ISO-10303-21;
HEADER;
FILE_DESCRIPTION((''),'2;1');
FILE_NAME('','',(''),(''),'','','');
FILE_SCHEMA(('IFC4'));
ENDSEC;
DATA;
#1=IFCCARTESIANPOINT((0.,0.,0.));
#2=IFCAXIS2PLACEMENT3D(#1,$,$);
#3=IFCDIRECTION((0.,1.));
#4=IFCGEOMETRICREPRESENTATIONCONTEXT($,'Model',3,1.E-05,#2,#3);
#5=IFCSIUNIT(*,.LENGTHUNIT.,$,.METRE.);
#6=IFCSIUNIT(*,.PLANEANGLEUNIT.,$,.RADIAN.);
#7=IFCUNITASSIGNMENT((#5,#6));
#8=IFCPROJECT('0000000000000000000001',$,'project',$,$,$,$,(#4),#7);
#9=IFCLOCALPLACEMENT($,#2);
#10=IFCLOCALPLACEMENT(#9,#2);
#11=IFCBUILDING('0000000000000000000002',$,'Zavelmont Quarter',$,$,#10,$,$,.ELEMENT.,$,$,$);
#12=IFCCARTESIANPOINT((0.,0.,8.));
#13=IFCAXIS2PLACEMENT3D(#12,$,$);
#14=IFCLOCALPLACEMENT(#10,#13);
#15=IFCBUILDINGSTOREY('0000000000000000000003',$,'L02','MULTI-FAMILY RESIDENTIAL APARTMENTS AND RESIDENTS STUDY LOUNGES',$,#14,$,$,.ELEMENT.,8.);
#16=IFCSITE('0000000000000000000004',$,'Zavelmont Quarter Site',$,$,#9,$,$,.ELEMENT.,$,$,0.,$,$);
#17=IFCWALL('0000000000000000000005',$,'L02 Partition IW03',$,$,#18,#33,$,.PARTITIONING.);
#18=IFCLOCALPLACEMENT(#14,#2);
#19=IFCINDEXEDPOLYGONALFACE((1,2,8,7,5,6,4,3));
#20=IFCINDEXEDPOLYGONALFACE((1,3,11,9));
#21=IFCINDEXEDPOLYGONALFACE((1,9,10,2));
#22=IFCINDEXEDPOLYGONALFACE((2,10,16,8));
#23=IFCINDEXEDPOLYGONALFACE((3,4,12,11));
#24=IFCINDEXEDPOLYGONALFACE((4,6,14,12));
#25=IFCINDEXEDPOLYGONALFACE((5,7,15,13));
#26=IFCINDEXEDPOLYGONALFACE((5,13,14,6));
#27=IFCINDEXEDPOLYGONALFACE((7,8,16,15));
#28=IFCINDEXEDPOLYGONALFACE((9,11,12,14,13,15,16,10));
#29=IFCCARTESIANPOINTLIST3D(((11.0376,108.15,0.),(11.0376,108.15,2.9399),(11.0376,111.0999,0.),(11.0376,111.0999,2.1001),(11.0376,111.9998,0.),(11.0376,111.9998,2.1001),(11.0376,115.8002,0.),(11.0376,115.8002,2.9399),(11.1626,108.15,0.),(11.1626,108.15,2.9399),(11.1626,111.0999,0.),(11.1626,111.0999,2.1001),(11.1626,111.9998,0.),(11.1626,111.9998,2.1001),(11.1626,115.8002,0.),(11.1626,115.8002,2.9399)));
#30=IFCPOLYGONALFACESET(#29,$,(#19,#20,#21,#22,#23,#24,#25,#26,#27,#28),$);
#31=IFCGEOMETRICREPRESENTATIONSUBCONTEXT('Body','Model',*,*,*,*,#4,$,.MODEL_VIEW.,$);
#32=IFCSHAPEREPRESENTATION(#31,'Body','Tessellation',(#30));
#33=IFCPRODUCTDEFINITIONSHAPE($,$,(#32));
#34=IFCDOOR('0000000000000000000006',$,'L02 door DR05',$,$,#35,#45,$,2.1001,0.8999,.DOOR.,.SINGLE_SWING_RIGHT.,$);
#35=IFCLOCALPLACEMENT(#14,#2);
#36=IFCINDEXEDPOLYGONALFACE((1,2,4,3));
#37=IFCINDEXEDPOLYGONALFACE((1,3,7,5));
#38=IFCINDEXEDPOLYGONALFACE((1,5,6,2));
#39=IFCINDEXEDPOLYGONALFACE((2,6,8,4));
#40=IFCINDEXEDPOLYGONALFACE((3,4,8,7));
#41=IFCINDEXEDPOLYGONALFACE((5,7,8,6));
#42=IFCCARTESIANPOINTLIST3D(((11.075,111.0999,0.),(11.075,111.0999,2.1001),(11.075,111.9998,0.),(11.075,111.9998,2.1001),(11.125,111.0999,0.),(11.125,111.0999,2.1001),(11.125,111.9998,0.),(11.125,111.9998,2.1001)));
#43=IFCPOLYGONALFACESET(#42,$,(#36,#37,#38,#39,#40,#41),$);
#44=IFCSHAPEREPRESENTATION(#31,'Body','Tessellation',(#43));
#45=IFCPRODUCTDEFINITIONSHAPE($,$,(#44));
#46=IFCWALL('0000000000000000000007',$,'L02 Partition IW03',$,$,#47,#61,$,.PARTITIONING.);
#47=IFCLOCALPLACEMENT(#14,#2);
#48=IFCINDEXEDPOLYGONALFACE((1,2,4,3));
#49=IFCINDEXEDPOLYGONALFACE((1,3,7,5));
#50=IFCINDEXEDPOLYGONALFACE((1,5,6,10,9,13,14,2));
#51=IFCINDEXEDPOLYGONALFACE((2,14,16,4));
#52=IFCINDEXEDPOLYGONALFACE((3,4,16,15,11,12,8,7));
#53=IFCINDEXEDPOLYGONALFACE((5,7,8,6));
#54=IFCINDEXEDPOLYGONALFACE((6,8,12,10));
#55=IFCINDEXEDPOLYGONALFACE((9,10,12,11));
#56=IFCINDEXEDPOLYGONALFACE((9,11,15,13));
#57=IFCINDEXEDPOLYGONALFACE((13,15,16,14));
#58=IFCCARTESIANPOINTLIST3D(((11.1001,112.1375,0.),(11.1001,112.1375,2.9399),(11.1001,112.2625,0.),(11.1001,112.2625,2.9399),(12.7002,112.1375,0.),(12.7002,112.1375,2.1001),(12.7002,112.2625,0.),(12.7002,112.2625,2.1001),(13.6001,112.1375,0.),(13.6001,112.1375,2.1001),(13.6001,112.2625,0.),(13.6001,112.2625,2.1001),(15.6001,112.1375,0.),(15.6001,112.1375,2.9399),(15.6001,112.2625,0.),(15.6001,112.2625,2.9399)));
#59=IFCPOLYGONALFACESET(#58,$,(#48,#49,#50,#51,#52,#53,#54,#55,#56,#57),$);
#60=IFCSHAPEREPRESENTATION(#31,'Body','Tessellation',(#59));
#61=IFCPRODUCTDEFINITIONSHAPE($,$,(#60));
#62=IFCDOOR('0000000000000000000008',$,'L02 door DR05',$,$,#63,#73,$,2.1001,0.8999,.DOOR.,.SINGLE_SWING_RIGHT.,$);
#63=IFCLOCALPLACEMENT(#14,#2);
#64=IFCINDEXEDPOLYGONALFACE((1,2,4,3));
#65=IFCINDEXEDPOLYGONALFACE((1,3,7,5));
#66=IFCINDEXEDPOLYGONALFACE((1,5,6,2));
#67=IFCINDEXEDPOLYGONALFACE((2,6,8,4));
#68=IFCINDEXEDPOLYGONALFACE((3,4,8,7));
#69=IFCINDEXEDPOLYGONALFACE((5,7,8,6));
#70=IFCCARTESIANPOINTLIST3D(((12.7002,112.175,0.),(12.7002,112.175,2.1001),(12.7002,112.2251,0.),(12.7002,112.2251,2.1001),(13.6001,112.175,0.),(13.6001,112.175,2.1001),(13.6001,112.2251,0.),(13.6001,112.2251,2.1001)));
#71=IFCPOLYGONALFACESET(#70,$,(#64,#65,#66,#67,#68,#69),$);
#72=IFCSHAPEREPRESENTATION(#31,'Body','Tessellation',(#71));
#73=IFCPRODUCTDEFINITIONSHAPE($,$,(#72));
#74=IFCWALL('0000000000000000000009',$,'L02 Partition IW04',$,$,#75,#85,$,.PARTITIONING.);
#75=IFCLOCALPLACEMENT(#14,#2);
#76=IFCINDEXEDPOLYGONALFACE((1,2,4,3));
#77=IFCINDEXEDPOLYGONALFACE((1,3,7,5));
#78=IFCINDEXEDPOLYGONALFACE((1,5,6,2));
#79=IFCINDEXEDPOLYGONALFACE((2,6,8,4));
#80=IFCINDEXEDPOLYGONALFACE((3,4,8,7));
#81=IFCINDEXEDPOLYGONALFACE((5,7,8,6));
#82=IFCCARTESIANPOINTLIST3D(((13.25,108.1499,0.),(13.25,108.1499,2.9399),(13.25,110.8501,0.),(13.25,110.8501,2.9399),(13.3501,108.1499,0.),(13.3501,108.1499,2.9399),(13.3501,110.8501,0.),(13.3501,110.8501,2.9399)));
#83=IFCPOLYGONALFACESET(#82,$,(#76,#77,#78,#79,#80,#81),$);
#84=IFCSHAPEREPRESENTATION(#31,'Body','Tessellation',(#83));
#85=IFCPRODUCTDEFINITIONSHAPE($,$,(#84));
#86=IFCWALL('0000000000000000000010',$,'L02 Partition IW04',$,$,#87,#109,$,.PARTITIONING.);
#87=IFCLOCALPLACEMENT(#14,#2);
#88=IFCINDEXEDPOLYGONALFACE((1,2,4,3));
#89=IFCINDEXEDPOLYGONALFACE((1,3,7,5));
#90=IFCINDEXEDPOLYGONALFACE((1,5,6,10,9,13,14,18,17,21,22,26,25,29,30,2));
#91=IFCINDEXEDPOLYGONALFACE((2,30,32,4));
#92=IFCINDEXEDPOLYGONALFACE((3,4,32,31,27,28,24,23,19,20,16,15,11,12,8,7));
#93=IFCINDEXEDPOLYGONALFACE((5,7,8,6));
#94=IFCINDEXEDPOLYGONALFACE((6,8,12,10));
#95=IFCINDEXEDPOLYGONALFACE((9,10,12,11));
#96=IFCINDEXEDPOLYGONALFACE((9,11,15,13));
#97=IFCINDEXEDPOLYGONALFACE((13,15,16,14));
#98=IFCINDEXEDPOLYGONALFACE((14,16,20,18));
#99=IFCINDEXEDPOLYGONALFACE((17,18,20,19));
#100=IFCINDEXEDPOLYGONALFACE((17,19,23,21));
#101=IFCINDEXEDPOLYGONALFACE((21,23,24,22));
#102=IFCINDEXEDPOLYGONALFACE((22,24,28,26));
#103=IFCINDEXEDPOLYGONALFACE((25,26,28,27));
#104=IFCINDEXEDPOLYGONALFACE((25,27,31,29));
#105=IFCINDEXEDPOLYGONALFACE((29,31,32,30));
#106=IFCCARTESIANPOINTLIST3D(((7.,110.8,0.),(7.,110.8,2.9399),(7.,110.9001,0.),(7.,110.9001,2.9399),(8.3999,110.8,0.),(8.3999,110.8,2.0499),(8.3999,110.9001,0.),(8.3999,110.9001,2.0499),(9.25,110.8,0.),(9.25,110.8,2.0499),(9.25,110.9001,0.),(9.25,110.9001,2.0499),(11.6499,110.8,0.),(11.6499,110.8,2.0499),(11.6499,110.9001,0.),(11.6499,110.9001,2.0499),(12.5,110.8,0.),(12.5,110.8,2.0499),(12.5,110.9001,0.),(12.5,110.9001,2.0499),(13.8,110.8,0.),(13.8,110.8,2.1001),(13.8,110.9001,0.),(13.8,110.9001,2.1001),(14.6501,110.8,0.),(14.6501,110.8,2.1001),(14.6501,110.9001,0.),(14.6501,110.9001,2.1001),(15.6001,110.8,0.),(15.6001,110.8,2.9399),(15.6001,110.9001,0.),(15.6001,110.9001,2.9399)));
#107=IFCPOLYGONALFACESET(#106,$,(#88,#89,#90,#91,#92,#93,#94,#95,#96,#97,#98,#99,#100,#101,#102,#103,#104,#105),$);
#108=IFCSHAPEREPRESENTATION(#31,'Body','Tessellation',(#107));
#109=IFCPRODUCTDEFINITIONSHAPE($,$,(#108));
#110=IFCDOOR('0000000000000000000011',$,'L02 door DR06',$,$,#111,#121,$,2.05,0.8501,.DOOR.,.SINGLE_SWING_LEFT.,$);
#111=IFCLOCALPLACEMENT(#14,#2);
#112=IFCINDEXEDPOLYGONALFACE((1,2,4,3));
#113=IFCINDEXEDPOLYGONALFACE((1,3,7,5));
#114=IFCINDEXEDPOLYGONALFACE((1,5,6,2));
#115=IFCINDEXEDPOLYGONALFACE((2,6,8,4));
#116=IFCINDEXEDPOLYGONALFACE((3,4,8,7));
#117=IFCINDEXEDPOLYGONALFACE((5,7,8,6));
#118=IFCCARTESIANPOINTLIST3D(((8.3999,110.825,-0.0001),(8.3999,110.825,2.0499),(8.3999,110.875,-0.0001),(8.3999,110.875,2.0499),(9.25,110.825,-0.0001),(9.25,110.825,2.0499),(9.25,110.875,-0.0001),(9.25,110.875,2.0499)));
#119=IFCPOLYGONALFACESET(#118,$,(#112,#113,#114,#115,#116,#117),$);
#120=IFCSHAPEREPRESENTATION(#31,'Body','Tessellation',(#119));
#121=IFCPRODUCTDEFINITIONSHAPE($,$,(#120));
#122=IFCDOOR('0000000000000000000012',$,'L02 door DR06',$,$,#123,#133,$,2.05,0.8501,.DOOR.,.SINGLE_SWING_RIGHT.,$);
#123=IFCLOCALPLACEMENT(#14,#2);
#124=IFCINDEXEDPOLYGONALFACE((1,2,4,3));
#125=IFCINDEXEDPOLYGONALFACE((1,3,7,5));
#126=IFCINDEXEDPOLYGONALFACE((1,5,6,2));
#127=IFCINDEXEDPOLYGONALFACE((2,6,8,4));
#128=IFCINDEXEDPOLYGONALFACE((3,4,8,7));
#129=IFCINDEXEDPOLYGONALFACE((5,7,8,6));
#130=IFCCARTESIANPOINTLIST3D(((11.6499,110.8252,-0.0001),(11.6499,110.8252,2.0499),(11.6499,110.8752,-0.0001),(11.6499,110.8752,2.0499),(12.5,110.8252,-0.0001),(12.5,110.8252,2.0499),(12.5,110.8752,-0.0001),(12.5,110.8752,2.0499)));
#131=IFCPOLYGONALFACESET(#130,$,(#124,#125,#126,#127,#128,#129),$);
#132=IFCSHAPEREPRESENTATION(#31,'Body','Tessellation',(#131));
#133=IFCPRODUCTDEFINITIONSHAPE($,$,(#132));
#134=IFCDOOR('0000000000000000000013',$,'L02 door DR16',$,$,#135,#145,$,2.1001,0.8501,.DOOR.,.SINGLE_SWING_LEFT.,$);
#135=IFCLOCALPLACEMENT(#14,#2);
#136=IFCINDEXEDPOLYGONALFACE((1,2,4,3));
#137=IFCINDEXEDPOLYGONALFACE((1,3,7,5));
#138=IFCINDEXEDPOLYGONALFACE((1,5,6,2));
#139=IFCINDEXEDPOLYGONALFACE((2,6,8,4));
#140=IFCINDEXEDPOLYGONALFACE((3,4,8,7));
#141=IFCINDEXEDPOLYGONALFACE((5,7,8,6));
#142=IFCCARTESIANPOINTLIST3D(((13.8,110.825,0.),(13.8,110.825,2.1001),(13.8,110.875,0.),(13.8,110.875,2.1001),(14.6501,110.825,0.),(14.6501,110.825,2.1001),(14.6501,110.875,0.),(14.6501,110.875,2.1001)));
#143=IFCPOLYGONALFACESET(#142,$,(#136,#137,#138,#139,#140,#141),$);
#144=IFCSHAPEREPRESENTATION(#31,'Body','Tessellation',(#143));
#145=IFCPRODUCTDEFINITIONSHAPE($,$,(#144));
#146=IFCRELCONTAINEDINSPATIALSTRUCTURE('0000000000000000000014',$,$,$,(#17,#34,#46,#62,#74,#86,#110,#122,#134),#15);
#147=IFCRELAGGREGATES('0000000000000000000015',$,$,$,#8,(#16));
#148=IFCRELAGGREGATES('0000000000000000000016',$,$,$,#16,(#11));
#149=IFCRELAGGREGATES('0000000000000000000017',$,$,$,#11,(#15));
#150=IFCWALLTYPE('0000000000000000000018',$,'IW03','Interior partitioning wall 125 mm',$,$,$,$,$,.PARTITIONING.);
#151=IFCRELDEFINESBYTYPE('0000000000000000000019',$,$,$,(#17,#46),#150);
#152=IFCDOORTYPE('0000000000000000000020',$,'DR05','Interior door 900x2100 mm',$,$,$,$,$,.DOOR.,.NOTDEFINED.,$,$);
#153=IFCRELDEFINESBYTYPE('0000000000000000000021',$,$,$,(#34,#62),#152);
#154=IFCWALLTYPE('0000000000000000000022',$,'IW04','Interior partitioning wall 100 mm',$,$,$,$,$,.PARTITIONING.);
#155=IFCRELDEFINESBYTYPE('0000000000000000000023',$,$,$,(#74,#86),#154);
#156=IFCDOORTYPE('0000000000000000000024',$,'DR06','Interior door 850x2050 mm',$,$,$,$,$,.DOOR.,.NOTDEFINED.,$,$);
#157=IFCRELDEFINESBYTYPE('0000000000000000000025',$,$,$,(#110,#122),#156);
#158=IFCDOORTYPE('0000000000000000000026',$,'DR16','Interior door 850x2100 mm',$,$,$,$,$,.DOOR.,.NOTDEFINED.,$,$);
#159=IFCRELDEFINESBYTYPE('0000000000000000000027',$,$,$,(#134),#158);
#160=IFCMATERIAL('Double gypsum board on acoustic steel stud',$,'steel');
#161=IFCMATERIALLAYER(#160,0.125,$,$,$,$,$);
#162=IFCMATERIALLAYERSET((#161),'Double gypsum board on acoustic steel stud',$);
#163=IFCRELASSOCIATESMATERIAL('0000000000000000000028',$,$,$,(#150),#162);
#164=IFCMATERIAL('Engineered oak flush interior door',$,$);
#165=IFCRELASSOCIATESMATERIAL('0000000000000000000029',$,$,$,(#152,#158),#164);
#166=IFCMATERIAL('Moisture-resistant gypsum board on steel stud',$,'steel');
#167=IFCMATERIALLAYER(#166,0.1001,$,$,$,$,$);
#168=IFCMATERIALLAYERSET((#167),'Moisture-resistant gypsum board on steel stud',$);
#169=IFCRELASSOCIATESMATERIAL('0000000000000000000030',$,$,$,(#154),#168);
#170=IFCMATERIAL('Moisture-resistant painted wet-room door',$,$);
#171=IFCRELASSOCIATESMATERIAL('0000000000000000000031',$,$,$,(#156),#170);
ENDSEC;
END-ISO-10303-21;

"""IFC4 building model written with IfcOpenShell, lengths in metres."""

from ifc_helpers import new_model, si_unit, direction, frame, frame_2d, origin, origin_with_axes, place, context, subcontext, project, spatial, rectangle, extrude, material, layer, layer_set, type_object, element, fill, save


model = new_model("IFC4")

# Units and contexts
model_context = context("Model", 3, precision=1e-05, world=origin(), true_north=direction((0.0, 1.0)))
body_context = subcontext(model_context, "Body", "Model", "MODEL_VIEW")
ifc_project = project(units=[si_unit("LENGTHUNIT", "METRE"), si_unit("PLANEANGLEUNIT", "RADIAN")], contexts=[model_context])

# Site, building, storey
site_placement = place(None, origin())
site = spatial("IfcSite", under=ifc_project, at=site_placement, Name="Zavelmont Quarter Site", CompositionType="ELEMENT", RefElevation=0.0)
building_placement = place(site_placement, origin())
building = spatial("IfcBuilding", under=site, at=building_placement, Name="Zavelmont Quarter", CompositionType="ELEMENT")
storey_placement = place(building_placement, frame((0.0, 0.0, 8.0)))
storey = spatial("IfcBuildingStorey", under=building, at=storey_placement, Name="L02", Description="MULTI-FAMILY RESIDENTIAL APARTMENTS AND RESIDENTS STUDY LOUNGES", CompositionType="ELEMENT", Elevation=8.0)

# Walls, openings, doors
ifc_material_1 = material(Name="Double gypsum board on acoustic steel stud", Category="steel")
ifc_layer_1 = layer(ifc_material_1, 0.125)
ifc_layer_set_1 = layer_set([ifc_layer_1], Name="Double gypsum board on acoustic steel stud")
wall_type_1 = type_object("IfcWallType", Name="IW03", Description="Interior partitioning wall 125 mm", PredefinedType="PARTITIONING", material=ifc_layer_set_1)
ifc_material_2 = material(Name="Engineered oak flush interior door")
door_type_1 = type_object("IfcDoorType", Name="DR05", Description="Interior door 900x2100 mm", OperationType="NOTDEFINED", PredefinedType="DOOR", material=ifc_material_2)
wall_1_placement = place(storey_placement, frame((11.1001, 108.1499, 0.0), z_axis=(0.0, 0.0, 1.0), x_axis=(0.0, 1.0, 0.0)))
wall_1 = element("IfcWall", 1, at=wall_1_placement, inside=storey, type_object=wall_type_1, Name="L02 Partition IW03", PredefinedType="PARTITIONING", context=body_context, shape_type="SweptSolid", body=[
    extrude(rectangle(XDim=7.6501, YDim=0.125, at=frame_2d((3.8252, 0.0))), origin(), (0.0, 0.0, 1.0), 2.9399),
])
opening_1_placement = place(wall_1_placement, frame((2.95, 0.0, 0.0)))
opening_1 = element("IfcOpeningElement", 2, at=opening_1_placement, cuts=wall_1, PredefinedType="OPENING", context=body_context, shape_type="SweptSolid", body=[
    extrude(rectangle(XDim=0.8999, YDim=2.1001, at=frame_2d((0.45, 1.05))), frame((0.0, 0.0745, 0.0), z_axis=(0.0, -1.0, 0.0), x_axis=(1.0, 0.0, 0.0)), (0.0, 0.0, 1.0), 0.1489),
])
door_1_placement = place(opening_1_placement, frame((0.8999, 0.0, 0.0), z_axis=(0.0, 0.0, 1.0), x_axis=(-1.0, 0.0, 0.0)))
door_1 = element("IfcDoor", 3, at=door_1_placement, inside=storey, type_object=door_type_1, Name="L02 door DR05", OperationType="SINGLE_SWING_RIGHT", OverallHeight=2.1001, OverallWidth=0.8999, PredefinedType="DOOR", context=body_context, shape_type="SweptSolid", body=[
    extrude(rectangle(XDim=0.8999, YDim=2.1001, at=frame_2d((0.45, 1.05))), frame((0.0, 0.0249, 0.0), z_axis=(0.0, -1.0, 0.0), x_axis=(1.0, 0.0, 0.0)), (0.0, 0.0, 1.0), 0.05),
])
fill(opening_1, door_1)
wall_2_placement = place(storey_placement, frame((11.1001, 112.2, 0.0), z_axis=(0.0, 0.0, 1.0), x_axis=(1.0, 0.0, 0.0)))
wall_2 = element("IfcWall", 4, at=wall_2_placement, inside=storey, type_object=wall_type_1, Name="L02 Partition IW03", PredefinedType="PARTITIONING", context=body_context, shape_type="SweptSolid", body=[
    extrude(rectangle(XDim=4.5, YDim=0.125, at=frame_2d((2.25, 0.0))), origin(), (0.0, 0.0, 1.0), 2.9399),
])
opening_2_placement = place(wall_2_placement, frame((1.6001, 0.0, 0.0)))
opening_2 = element("IfcOpeningElement", 5, at=opening_2_placement, cuts=wall_2, PredefinedType="OPENING", context=body_context, shape_type="SweptSolid", body=[
    extrude(rectangle(XDim=0.8999, YDim=2.1001, at=frame_2d((0.45, 1.05))), frame((0.0, 0.0745, 0.0), z_axis=(0.0, -1.0, 0.0), x_axis=(1.0, 0.0, 0.0)), (0.0, 0.0, 1.0), 0.1489),
])
door_2_placement = place(opening_2_placement, frame((0.8999, 0.0, 0.0), z_axis=(0.0, 0.0, 1.0), x_axis=(-1.0, 0.0, 0.0)))
door_2 = element("IfcDoor", 6, at=door_2_placement, inside=storey, type_object=door_type_1, Name="L02 door DR05", OperationType="SINGLE_SWING_RIGHT", OverallHeight=2.1001, OverallWidth=0.8999, PredefinedType="DOOR", context=body_context, shape_type="SweptSolid", body=[
    extrude(rectangle(XDim=0.8999, YDim=2.1001, at=frame_2d((0.45, 1.05))), frame((0.0, 0.0249, 0.0), z_axis=(0.0, -1.0, 0.0), x_axis=(1.0, 0.0, 0.0)), (0.0, 0.0, 1.0), 0.05),
])
fill(opening_2, door_2)

# Wall
ifc_material_3 = material(Name="Moisture-resistant gypsum board on steel stud", Category="steel")
ifc_layer_2 = layer(ifc_material_3, 0.1001)
ifc_layer_set_2 = layer_set([ifc_layer_2], Name="Moisture-resistant gypsum board on steel stud")
wall_type_2 = type_object("IfcWallType", Name="IW04", Description="Interior partitioning wall 100 mm", PredefinedType="PARTITIONING", material=ifc_layer_set_2)
wall_3_placement = place(storey_placement, frame((13.3, 108.1499, 0.0), z_axis=(0.0, 0.0, 1.0), x_axis=(0.0, 1.0, 0.0)))
element("IfcWall", 7, at=wall_3_placement, inside=storey, type_object=wall_type_2, Name="L02 Partition IW04", PredefinedType="PARTITIONING", context=body_context, shape_type="SweptSolid", body=[
    extrude(rectangle(XDim=2.7002, YDim=0.1001, at=frame_2d((1.3501, 0.0))), origin(), (0.0, 0.0, 1.0), 2.9399),
])

# Wall, openings, doors
wall_4_placement = place(storey_placement, frame((7.0, 110.8501, 0.0), z_axis=(0.0, 0.0, 1.0), x_axis=(1.0, 0.0, 0.0)))
wall_4 = element("IfcWall", 8, at=wall_4_placement, inside=storey, type_object=wall_type_2, Name="L02 Partition IW04", PredefinedType="PARTITIONING", context=body_context, shape_type="SweptSolid", body=[
    extrude(rectangle(XDim=8.6001, YDim=0.1001, at=frame_2d((4.3, 0.0))), origin(), (0.0, 0.0, 1.0), 2.9399),
])
opening_3_placement = place(wall_4_placement, frame((1.3999, 0.0, 0.0)))
opening_3 = element("IfcOpeningElement", 9, at=opening_3_placement, cuts=wall_4, PredefinedType="OPENING", context=body_context, shape_type="SweptSolid", body=[
    extrude(rectangle(XDim=0.8501, YDim=2.05, at=frame_2d((0.425, 1.0249))), frame((0.0, 0.062, 0.0), z_axis=(0.0, -1.0, 0.0), x_axis=(1.0, 0.0, 0.0)), (0.0, 0.0, 1.0), 0.124),
])
opening_4_placement = place(wall_4_placement, frame((4.6499, 0.0, 0.0)))
opening_4 = element("IfcOpeningElement", 10, at=opening_4_placement, cuts=wall_4, PredefinedType="OPENING", context=body_context, shape_type="SweptSolid", body=[
    extrude(rectangle(XDim=0.8501, YDim=2.05, at=frame_2d((0.425, 1.0249))), frame((0.0, 0.062, 0.0), z_axis=(0.0, -1.0, 0.0), x_axis=(1.0, 0.0, 0.0)), (0.0, 0.0, 1.0), 0.124),
])
opening_5_placement = place(wall_4_placement, frame((6.8, 0.0, 0.0)))
opening_5 = element("IfcOpeningElement", 11, at=opening_5_placement, cuts=wall_4, PredefinedType="OPENING", context=body_context, shape_type="SweptSolid", body=[
    extrude(rectangle(XDim=0.8501, YDim=2.1001, at=frame_2d((0.425, 1.05))), frame((0.0, 0.062, 0.0), z_axis=(0.0, -1.0, 0.0), x_axis=(1.0, 0.0, 0.0)), (0.0, 0.0, 1.0), 0.124),
])
ifc_material_4 = material(Name="Moisture-resistant painted wet-room door")
door_type_2 = type_object("IfcDoorType", Name="DR06", Description="Interior door 850x2050 mm", OperationType="NOTDEFINED", PredefinedType="DOOR", material=ifc_material_4)
door_3_placement = place(opening_3_placement, origin_with_axes())
door_3 = element("IfcDoor", 12, at=door_3_placement, inside=storey, type_object=door_type_2, Name="L02 door DR06", OperationType="SINGLE_SWING_LEFT", OverallHeight=2.05, OverallWidth=0.8501, PredefinedType="DOOR", context=body_context, shape_type="SweptSolid", body=[
    extrude(rectangle(XDim=0.8501, YDim=2.05, at=frame_2d((0.425, 1.0249))), frame((0.0, 0.0249, 0.0), z_axis=(0.0, -1.0, 0.0), x_axis=(1.0, 0.0, 0.0)), (0.0, 0.0, 1.0), 0.05),
])
fill(opening_3, door_3)
door_4_placement = place(opening_4_placement, frame((0.8501, 0.0, 0.0), z_axis=(0.0, 0.0, 1.0), x_axis=(-1.0, 0.0, 0.0)))
door_4 = element("IfcDoor", 13, at=door_4_placement, inside=storey, type_object=door_type_2, Name="L02 door DR06", OperationType="SINGLE_SWING_RIGHT", OverallHeight=2.05, OverallWidth=0.8501, PredefinedType="DOOR", context=body_context, shape_type="SweptSolid", body=[
    extrude(rectangle(XDim=0.8501, YDim=2.05, at=frame_2d((0.425, 1.0249))), frame((0.0, 0.0249, 0.0), z_axis=(0.0, -1.0, 0.0), x_axis=(1.0, 0.0, 0.0)), (0.0, 0.0, 1.0), 0.05),
])
fill(opening_4, door_4)
door_type_3 = type_object("IfcDoorType", Name="DR16", Description="Interior door 850x2100 mm", OperationType="NOTDEFINED", PredefinedType="DOOR", material=ifc_material_2)
door_5_placement = place(opening_5_placement, origin_with_axes())
door_5 = element("IfcDoor", 14, at=door_5_placement, inside=storey, type_object=door_type_3, Name="L02 door DR16", OperationType="SINGLE_SWING_LEFT", OverallHeight=2.1001, OverallWidth=0.8501, PredefinedType="DOOR", context=body_context, shape_type="SweptSolid", body=[
    extrude(rectangle(XDim=0.8501, YDim=2.1001, at=frame_2d((0.425, 1.05))), frame((0.0, 0.0249, 0.0), z_axis=(0.0, -1.0, 0.0), x_axis=(1.0, 0.0, 0.0)), (0.0, 0.0, 1.0), 0.05),
])
fill(opening_5, door_5)

save(model, "model.ifc")
